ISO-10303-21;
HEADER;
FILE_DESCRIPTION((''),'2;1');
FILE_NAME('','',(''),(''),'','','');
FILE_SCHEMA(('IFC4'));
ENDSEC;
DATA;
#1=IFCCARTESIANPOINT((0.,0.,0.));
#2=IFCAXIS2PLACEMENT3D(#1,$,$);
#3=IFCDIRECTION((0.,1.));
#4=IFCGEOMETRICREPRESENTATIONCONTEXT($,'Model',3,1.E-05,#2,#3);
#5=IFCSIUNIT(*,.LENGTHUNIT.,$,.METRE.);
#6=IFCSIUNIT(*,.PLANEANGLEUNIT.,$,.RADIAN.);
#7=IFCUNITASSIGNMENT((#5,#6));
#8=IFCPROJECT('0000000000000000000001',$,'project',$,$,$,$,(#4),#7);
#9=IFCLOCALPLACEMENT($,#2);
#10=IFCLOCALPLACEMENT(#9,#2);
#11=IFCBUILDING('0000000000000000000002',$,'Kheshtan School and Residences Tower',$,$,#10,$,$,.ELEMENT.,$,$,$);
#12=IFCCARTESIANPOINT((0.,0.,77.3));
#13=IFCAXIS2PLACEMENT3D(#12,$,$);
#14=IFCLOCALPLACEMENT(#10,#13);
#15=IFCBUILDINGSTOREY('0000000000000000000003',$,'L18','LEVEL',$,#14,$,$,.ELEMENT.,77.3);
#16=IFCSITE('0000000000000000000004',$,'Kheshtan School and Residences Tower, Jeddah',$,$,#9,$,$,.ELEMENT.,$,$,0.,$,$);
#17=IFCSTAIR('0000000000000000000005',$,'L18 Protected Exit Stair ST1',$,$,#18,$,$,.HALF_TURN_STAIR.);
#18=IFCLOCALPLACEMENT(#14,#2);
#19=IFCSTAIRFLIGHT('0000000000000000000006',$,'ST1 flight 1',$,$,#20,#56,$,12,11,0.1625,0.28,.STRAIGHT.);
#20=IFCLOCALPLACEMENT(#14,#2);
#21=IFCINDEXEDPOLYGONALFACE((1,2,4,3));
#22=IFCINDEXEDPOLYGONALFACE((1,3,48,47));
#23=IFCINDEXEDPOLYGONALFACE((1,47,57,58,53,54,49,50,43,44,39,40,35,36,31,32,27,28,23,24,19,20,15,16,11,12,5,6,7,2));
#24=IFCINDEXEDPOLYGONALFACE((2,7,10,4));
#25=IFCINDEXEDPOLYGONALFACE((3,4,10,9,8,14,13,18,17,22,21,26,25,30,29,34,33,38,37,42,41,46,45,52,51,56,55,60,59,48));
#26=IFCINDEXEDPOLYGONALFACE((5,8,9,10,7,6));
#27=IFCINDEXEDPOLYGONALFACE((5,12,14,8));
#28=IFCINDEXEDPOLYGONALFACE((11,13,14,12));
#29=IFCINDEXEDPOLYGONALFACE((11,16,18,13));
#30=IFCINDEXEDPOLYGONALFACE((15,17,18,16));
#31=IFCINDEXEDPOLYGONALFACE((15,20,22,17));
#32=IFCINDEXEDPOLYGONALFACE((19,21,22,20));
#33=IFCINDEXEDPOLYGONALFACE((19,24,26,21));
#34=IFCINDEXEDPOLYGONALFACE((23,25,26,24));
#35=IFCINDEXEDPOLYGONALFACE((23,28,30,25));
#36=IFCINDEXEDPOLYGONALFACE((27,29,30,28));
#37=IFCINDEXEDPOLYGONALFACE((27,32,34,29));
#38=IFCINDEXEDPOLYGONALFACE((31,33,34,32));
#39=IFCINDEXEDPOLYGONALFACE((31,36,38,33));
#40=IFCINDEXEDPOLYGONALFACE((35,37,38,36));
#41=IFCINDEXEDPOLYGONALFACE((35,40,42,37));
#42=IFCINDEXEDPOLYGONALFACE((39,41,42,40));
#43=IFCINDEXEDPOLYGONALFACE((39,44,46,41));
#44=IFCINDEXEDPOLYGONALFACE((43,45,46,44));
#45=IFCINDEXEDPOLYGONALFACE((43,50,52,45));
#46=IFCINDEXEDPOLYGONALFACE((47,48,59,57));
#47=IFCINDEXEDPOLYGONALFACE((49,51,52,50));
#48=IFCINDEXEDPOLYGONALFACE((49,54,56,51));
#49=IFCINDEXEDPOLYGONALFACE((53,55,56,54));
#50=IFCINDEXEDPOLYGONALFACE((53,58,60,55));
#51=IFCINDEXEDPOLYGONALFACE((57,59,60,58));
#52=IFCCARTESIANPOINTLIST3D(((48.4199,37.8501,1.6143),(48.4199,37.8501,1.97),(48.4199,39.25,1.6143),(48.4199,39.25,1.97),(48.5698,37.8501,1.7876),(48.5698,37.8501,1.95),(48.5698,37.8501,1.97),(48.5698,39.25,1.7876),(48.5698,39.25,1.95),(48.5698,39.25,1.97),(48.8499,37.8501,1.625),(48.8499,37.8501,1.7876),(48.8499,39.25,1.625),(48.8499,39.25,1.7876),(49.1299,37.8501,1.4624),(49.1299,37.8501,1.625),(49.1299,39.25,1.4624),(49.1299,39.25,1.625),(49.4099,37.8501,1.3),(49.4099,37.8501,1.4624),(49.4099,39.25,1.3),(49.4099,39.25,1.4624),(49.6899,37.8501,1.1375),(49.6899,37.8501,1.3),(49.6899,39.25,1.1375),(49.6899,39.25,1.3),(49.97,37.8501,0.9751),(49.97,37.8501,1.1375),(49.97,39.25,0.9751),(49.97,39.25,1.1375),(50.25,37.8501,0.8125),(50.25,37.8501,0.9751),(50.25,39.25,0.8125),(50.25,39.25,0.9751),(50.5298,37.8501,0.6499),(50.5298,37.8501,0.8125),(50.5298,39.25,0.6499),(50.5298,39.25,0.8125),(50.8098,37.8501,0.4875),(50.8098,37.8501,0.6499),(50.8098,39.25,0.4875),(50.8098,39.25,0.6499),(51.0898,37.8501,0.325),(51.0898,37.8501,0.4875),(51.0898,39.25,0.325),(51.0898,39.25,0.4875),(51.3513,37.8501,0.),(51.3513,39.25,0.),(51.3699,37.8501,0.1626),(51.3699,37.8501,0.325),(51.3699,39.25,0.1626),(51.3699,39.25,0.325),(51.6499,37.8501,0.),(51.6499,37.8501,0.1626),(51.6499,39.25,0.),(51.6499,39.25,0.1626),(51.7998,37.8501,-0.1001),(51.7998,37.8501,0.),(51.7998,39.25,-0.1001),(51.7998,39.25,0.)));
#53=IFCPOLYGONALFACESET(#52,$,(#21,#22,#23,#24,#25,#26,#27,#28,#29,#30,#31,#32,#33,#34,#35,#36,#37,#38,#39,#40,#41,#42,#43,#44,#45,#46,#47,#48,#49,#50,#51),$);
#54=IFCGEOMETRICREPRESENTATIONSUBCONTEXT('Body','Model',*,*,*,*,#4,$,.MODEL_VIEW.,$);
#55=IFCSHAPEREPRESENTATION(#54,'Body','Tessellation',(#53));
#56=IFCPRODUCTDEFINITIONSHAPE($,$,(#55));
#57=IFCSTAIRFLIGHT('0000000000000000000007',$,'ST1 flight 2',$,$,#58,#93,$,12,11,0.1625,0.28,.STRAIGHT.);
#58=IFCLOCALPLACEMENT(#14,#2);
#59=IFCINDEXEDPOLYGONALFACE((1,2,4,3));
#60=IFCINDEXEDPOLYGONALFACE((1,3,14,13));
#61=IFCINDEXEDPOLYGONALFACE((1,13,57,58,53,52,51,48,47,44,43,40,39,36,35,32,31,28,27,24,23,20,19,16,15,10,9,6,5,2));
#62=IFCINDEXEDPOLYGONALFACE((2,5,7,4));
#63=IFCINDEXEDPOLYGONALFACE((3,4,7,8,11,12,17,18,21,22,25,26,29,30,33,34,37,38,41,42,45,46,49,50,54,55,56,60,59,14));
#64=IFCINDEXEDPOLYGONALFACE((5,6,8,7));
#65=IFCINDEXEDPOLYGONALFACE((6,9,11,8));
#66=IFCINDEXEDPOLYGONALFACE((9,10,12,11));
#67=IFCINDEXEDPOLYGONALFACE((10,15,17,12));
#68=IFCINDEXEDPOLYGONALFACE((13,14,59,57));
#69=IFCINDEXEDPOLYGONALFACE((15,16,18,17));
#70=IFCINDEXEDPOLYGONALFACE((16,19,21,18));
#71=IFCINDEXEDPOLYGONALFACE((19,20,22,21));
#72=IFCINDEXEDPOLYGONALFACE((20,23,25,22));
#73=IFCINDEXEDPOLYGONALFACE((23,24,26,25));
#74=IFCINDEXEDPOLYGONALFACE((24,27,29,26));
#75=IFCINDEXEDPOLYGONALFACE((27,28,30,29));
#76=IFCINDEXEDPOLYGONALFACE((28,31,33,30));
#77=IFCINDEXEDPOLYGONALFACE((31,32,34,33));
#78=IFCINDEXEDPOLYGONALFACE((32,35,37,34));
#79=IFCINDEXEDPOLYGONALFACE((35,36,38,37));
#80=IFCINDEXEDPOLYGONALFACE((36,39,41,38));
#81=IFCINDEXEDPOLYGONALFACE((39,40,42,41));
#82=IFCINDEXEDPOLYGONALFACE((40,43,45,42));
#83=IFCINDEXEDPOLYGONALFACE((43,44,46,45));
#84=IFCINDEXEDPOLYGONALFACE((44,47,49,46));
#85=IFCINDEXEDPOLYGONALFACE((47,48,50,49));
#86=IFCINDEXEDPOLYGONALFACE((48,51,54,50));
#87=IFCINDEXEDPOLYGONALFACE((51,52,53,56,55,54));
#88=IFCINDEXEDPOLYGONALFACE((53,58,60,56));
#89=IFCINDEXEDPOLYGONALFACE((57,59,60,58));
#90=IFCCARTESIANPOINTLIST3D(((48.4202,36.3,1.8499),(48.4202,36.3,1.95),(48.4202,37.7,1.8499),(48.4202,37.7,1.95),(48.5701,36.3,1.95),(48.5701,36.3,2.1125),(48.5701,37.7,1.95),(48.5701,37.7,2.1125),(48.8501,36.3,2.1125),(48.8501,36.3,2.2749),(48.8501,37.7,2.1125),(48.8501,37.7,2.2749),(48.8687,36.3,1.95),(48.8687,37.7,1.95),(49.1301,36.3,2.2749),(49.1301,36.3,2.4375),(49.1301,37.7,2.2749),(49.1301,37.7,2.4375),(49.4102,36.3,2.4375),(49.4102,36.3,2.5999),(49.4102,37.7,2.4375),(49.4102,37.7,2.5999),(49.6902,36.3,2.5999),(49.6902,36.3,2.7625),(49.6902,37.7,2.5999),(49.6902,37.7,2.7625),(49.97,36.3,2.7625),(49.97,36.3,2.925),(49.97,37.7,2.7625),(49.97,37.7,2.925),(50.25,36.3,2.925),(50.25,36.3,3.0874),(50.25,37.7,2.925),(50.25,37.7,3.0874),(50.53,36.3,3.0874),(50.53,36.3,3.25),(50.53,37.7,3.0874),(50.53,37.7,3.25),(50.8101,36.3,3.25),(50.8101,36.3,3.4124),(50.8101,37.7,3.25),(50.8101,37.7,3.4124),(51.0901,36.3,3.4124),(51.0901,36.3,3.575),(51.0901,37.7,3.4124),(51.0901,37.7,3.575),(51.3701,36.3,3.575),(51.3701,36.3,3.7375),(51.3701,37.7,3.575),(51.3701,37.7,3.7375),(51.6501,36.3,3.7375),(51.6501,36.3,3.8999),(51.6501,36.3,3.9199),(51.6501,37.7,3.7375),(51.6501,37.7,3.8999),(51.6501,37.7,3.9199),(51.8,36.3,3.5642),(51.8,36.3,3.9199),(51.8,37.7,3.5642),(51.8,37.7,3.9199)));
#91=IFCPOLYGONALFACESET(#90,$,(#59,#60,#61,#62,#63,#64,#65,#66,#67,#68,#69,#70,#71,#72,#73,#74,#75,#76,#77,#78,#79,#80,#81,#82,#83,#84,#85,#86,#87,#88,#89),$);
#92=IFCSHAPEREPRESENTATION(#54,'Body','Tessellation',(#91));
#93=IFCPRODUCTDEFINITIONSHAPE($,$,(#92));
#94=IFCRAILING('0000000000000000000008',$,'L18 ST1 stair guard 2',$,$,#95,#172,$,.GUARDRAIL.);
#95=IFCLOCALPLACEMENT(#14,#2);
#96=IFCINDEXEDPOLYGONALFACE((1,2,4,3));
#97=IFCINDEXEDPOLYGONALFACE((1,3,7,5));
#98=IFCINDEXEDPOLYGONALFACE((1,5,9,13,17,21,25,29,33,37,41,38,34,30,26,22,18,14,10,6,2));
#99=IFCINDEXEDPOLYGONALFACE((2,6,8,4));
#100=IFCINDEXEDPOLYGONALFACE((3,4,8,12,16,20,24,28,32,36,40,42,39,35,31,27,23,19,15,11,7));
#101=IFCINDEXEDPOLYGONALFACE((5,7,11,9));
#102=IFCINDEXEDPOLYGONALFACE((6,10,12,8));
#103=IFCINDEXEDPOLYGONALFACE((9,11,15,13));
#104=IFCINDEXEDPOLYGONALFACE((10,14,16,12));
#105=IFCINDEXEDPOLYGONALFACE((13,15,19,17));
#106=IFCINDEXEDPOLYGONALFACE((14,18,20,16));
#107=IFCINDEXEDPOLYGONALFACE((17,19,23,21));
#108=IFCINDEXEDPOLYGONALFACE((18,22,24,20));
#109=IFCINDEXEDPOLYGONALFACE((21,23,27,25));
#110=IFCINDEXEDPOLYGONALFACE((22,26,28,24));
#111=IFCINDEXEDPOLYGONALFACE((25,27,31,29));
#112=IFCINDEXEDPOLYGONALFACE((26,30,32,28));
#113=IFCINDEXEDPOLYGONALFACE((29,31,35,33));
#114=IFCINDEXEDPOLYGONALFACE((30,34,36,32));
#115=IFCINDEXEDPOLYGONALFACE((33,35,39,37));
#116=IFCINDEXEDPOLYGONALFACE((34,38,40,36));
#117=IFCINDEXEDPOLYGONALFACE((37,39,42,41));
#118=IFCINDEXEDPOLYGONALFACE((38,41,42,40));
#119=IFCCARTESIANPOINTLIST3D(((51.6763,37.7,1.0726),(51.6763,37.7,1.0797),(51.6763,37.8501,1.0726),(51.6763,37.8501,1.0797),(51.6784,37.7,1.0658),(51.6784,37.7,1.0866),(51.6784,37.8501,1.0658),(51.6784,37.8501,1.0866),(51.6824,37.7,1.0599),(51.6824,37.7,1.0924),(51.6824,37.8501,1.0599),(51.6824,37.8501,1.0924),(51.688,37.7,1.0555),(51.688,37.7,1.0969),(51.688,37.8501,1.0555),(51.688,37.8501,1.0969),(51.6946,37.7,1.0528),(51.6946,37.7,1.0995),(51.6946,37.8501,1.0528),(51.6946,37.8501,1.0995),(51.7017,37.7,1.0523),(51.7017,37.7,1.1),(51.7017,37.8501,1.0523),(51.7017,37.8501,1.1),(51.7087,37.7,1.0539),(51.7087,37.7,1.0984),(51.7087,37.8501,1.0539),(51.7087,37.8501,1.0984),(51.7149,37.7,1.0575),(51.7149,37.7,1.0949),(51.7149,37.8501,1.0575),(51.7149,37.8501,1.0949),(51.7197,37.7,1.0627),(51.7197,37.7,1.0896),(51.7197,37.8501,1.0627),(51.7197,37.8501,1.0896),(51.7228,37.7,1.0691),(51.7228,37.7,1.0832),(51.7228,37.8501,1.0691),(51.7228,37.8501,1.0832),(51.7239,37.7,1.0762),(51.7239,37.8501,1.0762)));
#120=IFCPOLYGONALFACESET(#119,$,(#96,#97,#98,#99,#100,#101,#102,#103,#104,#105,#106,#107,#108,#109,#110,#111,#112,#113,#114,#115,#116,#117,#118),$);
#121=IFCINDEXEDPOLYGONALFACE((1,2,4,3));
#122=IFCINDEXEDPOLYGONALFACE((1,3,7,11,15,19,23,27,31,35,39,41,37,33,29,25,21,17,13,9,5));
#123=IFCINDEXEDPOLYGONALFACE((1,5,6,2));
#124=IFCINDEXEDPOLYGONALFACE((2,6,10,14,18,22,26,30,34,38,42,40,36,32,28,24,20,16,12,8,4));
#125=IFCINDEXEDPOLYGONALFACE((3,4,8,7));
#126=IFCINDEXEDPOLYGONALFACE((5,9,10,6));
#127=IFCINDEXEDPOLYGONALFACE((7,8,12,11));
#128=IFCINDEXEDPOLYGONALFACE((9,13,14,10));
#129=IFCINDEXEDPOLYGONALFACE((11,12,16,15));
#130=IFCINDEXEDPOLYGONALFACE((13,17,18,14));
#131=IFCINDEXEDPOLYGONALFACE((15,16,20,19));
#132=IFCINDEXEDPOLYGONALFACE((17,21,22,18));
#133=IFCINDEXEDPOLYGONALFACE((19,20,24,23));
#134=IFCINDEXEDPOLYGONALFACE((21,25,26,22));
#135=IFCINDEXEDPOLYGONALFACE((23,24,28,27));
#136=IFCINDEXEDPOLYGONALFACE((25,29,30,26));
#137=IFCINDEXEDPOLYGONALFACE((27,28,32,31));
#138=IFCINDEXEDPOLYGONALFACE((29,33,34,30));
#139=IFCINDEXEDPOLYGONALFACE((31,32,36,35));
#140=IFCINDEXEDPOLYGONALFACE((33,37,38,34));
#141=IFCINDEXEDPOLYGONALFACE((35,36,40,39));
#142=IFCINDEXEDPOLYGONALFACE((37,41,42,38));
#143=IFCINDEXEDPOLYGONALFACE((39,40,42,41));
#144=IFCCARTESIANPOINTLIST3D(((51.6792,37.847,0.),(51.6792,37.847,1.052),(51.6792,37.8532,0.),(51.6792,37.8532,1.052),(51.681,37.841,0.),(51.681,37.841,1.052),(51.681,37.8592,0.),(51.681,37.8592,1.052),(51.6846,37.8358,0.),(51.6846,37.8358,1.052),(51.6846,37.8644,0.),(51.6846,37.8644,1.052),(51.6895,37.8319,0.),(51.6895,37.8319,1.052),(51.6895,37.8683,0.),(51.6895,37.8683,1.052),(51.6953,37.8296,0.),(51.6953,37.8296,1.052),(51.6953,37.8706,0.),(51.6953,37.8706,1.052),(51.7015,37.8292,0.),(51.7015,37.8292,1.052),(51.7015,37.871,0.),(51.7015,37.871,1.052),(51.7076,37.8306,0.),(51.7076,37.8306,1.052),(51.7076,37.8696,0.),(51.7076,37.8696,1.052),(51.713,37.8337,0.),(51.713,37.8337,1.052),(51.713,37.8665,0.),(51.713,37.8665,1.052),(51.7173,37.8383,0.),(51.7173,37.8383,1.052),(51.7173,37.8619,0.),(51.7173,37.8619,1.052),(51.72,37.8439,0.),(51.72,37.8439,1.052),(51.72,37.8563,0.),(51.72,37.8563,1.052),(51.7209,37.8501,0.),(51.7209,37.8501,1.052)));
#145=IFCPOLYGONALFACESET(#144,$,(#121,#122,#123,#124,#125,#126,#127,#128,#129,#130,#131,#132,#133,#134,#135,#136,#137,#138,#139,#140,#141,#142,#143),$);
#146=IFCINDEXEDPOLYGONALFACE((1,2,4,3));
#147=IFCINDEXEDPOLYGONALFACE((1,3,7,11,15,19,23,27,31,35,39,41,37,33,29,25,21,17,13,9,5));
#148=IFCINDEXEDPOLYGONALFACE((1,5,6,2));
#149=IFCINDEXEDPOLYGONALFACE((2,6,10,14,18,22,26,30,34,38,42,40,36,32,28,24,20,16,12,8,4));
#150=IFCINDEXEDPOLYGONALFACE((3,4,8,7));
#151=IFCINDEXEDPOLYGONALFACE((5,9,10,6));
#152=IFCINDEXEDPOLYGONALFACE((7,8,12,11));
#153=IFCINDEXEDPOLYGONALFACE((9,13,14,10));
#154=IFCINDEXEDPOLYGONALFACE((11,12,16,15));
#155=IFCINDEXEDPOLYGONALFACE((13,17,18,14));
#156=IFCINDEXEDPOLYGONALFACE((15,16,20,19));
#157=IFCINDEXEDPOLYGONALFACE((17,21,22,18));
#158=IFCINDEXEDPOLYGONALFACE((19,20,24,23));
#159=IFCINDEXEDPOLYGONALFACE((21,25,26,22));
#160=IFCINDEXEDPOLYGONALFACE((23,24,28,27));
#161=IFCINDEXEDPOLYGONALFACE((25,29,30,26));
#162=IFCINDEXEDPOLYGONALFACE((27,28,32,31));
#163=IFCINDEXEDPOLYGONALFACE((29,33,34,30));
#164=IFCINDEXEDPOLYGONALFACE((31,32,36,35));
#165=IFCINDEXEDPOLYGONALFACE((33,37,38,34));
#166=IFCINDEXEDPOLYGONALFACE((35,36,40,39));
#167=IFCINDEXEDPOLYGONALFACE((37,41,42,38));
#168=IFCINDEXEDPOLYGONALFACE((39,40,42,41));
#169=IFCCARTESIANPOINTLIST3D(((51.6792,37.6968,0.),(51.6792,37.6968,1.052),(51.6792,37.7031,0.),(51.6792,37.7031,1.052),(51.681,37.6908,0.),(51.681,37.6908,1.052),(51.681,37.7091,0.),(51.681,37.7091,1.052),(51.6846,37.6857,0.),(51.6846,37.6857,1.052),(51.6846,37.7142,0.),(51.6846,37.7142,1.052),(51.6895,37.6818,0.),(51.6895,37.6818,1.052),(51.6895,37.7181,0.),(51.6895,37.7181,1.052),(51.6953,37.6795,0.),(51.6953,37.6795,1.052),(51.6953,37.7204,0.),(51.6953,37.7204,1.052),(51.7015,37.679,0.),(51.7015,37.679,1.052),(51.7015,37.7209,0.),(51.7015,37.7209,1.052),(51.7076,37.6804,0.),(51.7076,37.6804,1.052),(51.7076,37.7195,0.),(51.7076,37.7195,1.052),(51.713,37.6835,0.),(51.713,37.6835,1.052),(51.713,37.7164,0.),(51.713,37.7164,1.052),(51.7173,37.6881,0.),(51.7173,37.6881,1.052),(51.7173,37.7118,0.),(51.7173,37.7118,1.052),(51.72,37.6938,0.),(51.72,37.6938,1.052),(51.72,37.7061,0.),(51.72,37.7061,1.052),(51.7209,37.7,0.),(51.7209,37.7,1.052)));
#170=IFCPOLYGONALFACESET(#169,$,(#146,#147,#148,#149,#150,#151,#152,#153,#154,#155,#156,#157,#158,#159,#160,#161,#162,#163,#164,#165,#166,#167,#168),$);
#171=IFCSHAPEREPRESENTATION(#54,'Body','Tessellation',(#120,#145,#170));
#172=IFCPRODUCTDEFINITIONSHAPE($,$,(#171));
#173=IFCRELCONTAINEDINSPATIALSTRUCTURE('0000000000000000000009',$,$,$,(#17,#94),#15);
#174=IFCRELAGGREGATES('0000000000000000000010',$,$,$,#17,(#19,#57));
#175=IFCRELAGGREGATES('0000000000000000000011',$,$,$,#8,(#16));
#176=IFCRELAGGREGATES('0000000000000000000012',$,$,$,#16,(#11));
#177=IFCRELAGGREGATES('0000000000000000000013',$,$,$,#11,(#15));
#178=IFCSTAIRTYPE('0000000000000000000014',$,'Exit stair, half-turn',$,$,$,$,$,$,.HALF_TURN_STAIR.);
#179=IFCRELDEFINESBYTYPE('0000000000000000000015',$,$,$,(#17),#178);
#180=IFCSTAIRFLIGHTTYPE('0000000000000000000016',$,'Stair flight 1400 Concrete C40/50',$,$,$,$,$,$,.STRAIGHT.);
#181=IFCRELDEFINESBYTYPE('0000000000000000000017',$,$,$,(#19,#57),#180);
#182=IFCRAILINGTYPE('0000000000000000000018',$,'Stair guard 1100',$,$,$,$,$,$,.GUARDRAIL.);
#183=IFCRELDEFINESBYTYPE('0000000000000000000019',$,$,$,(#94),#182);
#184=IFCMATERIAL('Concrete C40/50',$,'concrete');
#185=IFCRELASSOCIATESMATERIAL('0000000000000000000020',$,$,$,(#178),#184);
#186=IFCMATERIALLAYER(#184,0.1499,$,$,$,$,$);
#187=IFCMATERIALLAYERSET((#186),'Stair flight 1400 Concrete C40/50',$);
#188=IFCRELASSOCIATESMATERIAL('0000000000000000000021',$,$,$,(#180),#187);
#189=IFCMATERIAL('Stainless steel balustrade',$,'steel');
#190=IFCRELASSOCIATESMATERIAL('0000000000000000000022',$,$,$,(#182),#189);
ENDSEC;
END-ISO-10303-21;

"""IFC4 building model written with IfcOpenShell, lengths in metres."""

from ifc_helpers import new_model, si_unit, direction, frame, origin, origin_2d, place, context, subcontext, project, spatial, polyline, circle, outline, extrude, material, layer, layer_set, type_object, element, aggregate, save


model = new_model("IFC4")

# Units and contexts
model_context = context("Model", 3, precision=1e-05, world=origin(), true_north=direction((0.0, 1.0)))
body_context = subcontext(model_context, "Body", "Model", "MODEL_VIEW")
ifc_project = project(units=[si_unit("LENGTHUNIT", "METRE"), si_unit("PLANEANGLEUNIT", "RADIAN")], contexts=[model_context])

# Site, building, storey
site_placement = place(None, origin())
site = spatial("IfcSite", under=ifc_project, at=site_placement, Name="Kheshtan School and Residences Tower, Jeddah", CompositionType="ELEMENT", RefElevation=0.0)
building_placement = place(site_placement, origin())
building = spatial("IfcBuilding", under=site, at=building_placement, Name="Kheshtan School and Residences Tower", CompositionType="ELEMENT")
storey_placement = place(building_placement, frame((0.0, 0.0, 77.3)))
storey = spatial("IfcBuildingStorey", under=building, at=storey_placement, Name="L18", Description="LEVEL", CompositionType="ELEMENT", Elevation=77.3)

# Shared definitions
ifc_material_1 = material(Name="Concrete C40/50", Category="concrete")

# Stair, stair flights
stair_type = type_object("IfcStairType", Name="Exit stair, half-turn", PredefinedType="HALF_TURN_STAIR", material=ifc_material_1)
stair_placement = place(storey_placement, origin())
stair = element("IfcStair", 1, at=stair_placement, inside=storey, type_object=stair_type, Name="L18 Protected Exit Stair ST1", PredefinedType="HALF_TURN_STAIR")
ifc_layer_1 = layer(ifc_material_1, 0.1499)
ifc_layer_set_1 = layer_set([ifc_layer_1], Name="Stair flight 1400 Concrete C40/50")
stair_flight_type = type_object("IfcStairFlightType", Name="Stair flight 1400 Concrete C40/50", PredefinedType="STRAIGHT", material=ifc_layer_set_1)
stair_flight_1_placement = place(storey_placement, frame((51.6499, 38.55, 0.0), z_axis=(0.0, 0.0, 1.0), x_axis=(-1.0, 0.0, 0.0)))
stair_flight_1 = element("IfcStairFlight", 2, at=stair_flight_1_placement, type_object=stair_flight_type, Name="ST1 flight 1", NumberOfRisers=12, NumberOfTreads=11, PredefinedType="STRAIGHT", RiserHeight=0.1625, TreadLength=0.28, context=body_context, shape_type="SweptSolid", body=[
    extrude(outline(polyline([(-0.1499, -0.1001), (-0.1499, 0.0), (0.0, 0.0), (0.0, 0.1626), (0.28, 0.1626), (0.28, 0.325), (0.5601, 0.325), (0.5601, 0.4875), (0.8401, 0.4875), (0.8401, 0.6499), (1.1201, 0.6499), (1.1201, 0.8125), (1.3999, 0.8125), (1.3999, 0.9751), (1.6799, 0.9751), (1.6799, 1.1375), (1.96, 1.1375), (1.96, 1.3), (2.24, 1.3), (2.24, 1.4624), (2.52, 1.4624), (2.52, 1.625), (2.8, 1.625), (2.8, 1.7876), (3.0801, 1.7876), (3.0801, 1.95), (3.0801, 1.97), (3.23, 1.97), (3.23, 1.6143), (0.2986, 0.0), (-0.1499, -0.1001)])), frame((0.0, 0.7, 0.0), z_axis=(0.0, -1.0, 0.0), x_axis=(1.0, 0.0, 0.0)), (0.0, 0.0, 1.0), 1.3999),
])
stair_flight_2_placement = place(storey_placement, frame((48.5701, 37.0, 1.95), z_axis=(0.0, 0.0, 1.0), x_axis=(1.0, 0.0, 0.0)))
stair_flight_2 = element("IfcStairFlight", 3, at=stair_flight_2_placement, type_object=stair_flight_type, Name="ST1 flight 2", NumberOfRisers=12, NumberOfTreads=11, PredefinedType="STRAIGHT", RiserHeight=0.1625, TreadLength=0.28, context=body_context, shape_type="SweptSolid", body=[
    extrude(outline(polyline([(-0.1499, -0.1001), (-0.1499, 0.0), (0.0, 0.0), (0.0, 0.1626), (0.28, 0.1626), (0.28, 0.325), (0.5601, 0.325), (0.5601, 0.4875), (0.8401, 0.4875), (0.8401, 0.6499), (1.1201, 0.6499), (1.1201, 0.8125), (1.3999, 0.8125), (1.3999, 0.9751), (1.6799, 0.9751), (1.6799, 1.1375), (1.96, 1.1375), (1.96, 1.3), (2.24, 1.3), (2.24, 1.4624), (2.52, 1.4624), (2.52, 1.625), (2.8, 1.625), (2.8, 1.7876), (3.0801, 1.7876), (3.0801, 1.95), (3.0801, 1.97), (3.23, 1.97), (3.23, 1.6143), (0.2986, 0.0), (-0.1499, -0.1001)])), frame((0.0, 0.7, 0.0), z_axis=(0.0, -1.0, 0.0), x_axis=(1.0, 0.0, 0.0)), (0.0, 0.0, 1.0), 1.3999),
])
aggregate(stair, [stair_flight_1, stair_flight_2])

# Railing
ifc_material_2 = material(Name="Stainless steel balustrade", Category="steel")
railing_type_1 = type_object("IfcRailingType", Name="Stair guard 1100", PredefinedType="GUARDRAIL", material=ifc_material_2)
railing_1_placement = place(storey_placement, frame((51.7, 37.8501, 0.0)))
element("IfcRailing", 4, at=railing_1_placement, inside=storey, type_object=railing_type_1, Name="L18 ST1 stair guard 2", PredefinedType="GUARDRAIL", context=body_context, shape_type="SweptSolid", body=[
    extrude(circle(Radius=0.0239, at=origin_2d()), frame((0.0, 0.0, 1.0762), z_axis=(0.0, -1.0, 0.0), x_axis=(1.0, 0.0, 0.0)), (0.0, 0.0, 1.0), 0.1501),
    extrude(circle(Radius=0.021, at=origin_2d()), origin(), (0.0, 0.0, 1.0), 1.052),
    extrude(circle(Radius=0.021, at=origin_2d()), frame((0.0, -0.1501, 0.0)), (0.0, 0.0, 1.0), 1.052),
])

save(model, "model.ifc")
